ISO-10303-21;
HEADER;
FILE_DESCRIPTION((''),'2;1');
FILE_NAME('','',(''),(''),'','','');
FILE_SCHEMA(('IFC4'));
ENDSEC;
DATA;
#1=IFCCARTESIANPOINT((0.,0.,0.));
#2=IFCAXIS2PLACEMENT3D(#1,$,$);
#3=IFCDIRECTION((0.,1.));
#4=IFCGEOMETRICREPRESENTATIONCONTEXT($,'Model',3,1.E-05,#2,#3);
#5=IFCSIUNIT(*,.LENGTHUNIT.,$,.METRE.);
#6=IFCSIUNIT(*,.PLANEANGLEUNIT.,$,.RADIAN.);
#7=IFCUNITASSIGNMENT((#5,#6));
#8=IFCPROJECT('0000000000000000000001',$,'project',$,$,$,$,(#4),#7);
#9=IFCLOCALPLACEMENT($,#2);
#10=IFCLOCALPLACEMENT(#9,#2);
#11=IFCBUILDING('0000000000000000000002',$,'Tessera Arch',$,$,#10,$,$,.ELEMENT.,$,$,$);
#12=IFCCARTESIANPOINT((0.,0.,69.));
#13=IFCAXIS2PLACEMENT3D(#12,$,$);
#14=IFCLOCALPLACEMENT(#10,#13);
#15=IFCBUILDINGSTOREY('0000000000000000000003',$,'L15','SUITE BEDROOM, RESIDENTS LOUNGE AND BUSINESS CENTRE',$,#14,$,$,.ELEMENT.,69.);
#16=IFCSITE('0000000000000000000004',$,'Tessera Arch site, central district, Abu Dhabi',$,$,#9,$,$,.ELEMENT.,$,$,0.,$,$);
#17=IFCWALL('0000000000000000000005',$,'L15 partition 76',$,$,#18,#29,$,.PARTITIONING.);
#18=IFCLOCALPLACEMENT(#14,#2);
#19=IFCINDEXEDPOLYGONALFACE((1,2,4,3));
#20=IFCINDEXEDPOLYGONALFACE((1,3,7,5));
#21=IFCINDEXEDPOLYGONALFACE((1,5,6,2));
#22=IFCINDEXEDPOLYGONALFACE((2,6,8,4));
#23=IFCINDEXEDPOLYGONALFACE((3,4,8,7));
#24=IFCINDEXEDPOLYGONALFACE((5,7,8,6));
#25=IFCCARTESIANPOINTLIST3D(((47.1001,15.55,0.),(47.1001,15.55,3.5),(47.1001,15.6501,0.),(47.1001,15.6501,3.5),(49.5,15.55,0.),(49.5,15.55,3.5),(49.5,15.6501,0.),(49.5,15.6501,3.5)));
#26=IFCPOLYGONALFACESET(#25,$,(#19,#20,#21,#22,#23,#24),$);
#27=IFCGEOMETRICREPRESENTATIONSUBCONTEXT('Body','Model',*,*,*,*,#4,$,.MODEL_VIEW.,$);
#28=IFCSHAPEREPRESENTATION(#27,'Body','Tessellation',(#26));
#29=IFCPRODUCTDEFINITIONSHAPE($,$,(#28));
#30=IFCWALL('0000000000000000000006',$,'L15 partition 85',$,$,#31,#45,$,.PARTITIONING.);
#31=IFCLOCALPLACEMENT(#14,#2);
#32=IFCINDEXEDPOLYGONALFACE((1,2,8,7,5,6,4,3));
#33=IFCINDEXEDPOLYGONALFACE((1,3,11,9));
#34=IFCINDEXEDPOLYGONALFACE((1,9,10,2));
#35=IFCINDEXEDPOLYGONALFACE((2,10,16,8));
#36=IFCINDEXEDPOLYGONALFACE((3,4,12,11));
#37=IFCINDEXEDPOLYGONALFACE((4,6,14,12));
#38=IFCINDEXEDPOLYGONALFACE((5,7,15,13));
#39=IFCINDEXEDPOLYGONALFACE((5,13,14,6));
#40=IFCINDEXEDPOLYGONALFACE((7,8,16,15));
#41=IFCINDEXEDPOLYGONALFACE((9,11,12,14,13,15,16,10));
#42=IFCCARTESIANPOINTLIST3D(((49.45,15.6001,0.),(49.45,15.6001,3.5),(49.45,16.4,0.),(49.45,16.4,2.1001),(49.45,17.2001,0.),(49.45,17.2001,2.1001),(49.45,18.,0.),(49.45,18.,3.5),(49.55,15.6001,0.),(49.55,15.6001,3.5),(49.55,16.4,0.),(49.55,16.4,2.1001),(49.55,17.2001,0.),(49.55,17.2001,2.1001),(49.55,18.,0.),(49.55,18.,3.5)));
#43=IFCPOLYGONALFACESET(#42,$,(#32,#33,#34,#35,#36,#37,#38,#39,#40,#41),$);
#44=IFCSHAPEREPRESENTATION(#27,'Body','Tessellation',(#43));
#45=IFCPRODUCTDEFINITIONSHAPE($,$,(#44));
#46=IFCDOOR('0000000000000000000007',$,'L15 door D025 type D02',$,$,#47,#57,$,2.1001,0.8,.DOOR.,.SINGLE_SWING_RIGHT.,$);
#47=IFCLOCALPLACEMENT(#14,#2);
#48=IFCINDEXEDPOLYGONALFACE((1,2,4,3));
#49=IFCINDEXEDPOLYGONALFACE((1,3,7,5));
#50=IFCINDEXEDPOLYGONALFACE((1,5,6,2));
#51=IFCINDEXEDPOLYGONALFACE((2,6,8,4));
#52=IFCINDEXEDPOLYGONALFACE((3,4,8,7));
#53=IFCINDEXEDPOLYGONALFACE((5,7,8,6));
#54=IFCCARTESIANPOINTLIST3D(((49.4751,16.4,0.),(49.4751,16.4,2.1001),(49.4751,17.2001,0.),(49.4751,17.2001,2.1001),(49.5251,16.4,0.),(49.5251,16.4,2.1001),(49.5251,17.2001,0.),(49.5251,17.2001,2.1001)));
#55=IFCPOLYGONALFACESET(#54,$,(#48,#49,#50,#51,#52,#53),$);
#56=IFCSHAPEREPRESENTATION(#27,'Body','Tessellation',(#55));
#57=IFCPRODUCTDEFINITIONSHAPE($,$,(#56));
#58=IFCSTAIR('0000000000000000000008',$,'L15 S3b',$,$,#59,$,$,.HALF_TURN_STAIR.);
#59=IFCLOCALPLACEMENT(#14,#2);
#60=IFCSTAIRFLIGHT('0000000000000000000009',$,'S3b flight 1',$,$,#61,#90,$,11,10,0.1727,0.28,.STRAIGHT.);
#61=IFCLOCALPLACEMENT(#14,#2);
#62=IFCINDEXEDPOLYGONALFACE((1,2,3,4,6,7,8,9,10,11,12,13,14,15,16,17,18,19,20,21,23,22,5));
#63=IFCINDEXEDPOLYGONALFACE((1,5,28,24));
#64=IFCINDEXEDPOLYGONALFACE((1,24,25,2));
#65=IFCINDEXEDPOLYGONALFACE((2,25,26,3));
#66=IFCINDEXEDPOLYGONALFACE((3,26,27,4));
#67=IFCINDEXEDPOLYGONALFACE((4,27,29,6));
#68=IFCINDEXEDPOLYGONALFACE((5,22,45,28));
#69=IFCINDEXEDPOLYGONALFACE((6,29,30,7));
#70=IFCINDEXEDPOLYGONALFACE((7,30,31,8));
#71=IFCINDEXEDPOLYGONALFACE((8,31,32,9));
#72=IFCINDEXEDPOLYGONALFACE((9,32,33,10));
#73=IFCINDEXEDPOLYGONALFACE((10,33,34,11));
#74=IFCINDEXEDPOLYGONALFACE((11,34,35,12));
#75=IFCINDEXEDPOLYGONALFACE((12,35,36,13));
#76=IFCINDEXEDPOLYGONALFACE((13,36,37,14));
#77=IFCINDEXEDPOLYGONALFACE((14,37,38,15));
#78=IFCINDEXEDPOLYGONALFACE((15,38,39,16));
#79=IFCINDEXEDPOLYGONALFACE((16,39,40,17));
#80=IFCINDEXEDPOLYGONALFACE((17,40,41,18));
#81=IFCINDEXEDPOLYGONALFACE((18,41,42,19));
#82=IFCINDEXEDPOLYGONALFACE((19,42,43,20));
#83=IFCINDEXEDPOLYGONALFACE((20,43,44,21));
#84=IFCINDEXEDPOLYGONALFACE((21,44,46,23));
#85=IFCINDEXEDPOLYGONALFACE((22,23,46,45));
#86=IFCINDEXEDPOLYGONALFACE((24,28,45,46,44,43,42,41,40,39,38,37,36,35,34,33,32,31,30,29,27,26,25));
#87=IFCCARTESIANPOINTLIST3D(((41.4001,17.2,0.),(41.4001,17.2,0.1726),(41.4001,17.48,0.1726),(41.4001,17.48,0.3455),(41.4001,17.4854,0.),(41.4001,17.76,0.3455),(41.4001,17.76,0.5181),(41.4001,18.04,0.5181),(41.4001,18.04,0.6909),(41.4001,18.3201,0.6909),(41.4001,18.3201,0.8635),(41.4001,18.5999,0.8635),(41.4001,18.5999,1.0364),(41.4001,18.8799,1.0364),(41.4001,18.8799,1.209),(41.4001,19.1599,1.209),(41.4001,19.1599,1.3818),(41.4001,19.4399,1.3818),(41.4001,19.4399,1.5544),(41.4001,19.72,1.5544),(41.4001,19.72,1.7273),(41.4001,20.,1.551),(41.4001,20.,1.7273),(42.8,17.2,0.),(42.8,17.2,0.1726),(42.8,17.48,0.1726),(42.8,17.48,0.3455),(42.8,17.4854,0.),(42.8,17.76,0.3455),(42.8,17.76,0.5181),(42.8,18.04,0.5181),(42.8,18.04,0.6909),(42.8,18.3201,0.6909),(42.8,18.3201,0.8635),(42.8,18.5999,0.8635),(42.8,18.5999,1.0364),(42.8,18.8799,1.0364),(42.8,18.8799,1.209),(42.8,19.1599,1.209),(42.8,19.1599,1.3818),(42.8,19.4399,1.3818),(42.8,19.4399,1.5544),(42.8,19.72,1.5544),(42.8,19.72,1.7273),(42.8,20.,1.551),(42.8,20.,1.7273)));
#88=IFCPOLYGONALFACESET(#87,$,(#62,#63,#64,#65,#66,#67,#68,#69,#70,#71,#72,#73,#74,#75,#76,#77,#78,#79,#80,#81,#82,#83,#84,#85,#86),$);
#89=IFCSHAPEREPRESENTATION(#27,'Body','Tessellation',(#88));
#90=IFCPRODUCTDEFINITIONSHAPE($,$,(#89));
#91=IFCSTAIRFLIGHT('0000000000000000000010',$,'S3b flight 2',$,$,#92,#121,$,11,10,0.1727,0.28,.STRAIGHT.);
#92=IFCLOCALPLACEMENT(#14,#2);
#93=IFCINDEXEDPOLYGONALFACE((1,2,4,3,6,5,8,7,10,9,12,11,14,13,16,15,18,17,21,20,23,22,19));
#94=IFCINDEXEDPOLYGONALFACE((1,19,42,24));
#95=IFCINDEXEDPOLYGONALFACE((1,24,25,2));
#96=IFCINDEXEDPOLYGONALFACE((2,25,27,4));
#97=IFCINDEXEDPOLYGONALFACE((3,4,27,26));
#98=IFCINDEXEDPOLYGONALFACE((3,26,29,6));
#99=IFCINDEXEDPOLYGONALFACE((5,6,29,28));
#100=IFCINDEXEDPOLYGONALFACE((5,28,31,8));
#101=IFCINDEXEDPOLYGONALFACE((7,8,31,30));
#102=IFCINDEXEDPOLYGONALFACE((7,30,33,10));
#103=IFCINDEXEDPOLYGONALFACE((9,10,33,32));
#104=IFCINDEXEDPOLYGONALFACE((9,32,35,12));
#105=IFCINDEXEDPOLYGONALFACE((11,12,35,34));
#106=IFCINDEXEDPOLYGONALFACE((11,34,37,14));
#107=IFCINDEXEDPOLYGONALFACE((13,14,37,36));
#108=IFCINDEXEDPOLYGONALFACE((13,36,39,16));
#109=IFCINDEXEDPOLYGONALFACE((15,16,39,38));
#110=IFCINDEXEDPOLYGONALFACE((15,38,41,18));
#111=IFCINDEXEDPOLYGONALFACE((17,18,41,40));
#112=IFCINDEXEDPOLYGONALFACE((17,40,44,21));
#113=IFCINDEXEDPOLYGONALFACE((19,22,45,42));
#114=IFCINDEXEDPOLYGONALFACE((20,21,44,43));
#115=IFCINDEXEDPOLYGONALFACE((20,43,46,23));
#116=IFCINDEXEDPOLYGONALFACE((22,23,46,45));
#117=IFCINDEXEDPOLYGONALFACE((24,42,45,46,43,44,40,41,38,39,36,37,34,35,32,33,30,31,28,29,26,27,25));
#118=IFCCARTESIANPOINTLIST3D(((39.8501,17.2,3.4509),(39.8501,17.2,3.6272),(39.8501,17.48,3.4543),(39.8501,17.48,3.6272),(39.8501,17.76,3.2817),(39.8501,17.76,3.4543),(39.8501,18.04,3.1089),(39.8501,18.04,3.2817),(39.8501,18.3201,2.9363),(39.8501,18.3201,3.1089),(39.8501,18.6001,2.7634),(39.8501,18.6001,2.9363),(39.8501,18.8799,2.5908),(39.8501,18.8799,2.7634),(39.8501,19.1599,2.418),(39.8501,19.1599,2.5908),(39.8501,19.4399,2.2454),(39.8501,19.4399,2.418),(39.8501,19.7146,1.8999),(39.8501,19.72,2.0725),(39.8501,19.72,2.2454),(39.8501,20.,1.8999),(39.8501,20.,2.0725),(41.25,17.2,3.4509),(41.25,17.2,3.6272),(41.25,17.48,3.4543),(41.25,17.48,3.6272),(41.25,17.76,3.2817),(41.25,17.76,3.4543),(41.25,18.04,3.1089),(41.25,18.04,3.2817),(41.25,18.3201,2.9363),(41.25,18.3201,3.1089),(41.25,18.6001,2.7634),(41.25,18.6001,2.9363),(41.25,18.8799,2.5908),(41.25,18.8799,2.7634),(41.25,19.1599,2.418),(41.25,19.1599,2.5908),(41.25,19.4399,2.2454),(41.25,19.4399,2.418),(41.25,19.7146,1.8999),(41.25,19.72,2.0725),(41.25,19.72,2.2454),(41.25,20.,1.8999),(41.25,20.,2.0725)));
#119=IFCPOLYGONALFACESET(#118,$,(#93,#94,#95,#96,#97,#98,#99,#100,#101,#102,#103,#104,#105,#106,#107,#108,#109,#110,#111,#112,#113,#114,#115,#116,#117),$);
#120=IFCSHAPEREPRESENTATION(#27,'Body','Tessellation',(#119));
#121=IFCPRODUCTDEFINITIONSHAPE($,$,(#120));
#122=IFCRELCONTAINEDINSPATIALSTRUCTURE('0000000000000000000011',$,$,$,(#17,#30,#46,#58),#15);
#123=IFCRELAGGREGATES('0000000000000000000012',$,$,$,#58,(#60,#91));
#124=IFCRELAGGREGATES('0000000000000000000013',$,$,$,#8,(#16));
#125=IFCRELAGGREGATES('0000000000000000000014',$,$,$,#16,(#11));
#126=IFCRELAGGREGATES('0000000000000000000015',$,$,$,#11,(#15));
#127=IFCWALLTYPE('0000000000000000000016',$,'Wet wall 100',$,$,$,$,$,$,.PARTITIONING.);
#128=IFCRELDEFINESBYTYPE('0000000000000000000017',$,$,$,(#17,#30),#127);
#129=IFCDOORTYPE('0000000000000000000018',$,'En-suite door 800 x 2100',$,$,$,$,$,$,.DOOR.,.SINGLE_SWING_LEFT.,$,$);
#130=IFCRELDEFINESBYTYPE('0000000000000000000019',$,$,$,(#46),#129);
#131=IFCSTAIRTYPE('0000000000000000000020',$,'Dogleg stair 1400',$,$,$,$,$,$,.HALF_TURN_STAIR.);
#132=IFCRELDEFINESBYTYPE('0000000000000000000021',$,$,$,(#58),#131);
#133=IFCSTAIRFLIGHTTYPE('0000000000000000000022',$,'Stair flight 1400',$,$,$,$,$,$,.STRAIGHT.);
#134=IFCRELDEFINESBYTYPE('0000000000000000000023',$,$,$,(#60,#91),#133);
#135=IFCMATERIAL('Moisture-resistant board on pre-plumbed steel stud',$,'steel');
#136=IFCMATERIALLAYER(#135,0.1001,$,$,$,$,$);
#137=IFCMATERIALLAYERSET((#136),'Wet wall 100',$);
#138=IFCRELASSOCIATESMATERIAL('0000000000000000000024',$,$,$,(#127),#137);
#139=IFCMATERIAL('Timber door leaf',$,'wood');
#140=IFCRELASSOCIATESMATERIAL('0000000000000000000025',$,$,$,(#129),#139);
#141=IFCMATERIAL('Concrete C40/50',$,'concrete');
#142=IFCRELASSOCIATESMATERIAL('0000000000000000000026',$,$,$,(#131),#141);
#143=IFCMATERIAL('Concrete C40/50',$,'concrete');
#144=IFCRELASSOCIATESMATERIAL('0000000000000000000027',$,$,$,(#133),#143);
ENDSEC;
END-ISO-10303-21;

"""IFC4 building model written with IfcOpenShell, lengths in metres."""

from ifc_helpers import new_model, si_unit, direction, frame, frame_2d, origin, place, context, subcontext, project, spatial, polyline, rectangle, outline, extrude, material, layer, layer_set, type_object, element, fill, aggregate, save


model = new_model("IFC4")

# Units and contexts
model_context = context("Model", 3, precision=1e-05, world=origin(), true_north=direction((0.0, 1.0)))
body_context = subcontext(model_context, "Body", "Model", "MODEL_VIEW")
ifc_project = project(units=[si_unit("LENGTHUNIT", "METRE"), si_unit("PLANEANGLEUNIT", "RADIAN")], contexts=[model_context])

# Site, building, storey
site_placement = place(None, origin())
site = spatial("IfcSite", under=ifc_project, at=site_placement, Name="Tessera Arch site, central district, Abu Dhabi", CompositionType="ELEMENT", RefElevation=0.0)
building_placement = place(site_placement, origin())
building = spatial("IfcBuilding", under=site, at=building_placement, Name="Tessera Arch", CompositionType="ELEMENT")
storey_placement = place(building_placement, frame((0.0, 0.0, 69.0)))
storey = spatial("IfcBuildingStorey", under=building, at=storey_placement, Name="L15", Description="SUITE BEDROOM, RESIDENTS LOUNGE AND BUSINESS CENTRE", CompositionType="ELEMENT", Elevation=69.0)

# Wall
ifc_material_1 = material(Name="Moisture-resistant board on pre-plumbed steel stud", Category="steel")
ifc_layer_1 = layer(ifc_material_1, 0.1001)
ifc_layer_set_1 = layer_set([ifc_layer_1], Name="Wet wall 100")
wall_type_1 = type_object("IfcWallType", Name="Wet wall 100", PredefinedType="PARTITIONING", material=ifc_layer_set_1)
wall_1_placement = place(storey_placement, frame((47.1001, 15.6001, 0.0), z_axis=(0.0, 0.0, 1.0), x_axis=(1.0, 0.0, 0.0)))
element("IfcWall", 1, at=wall_1_placement, inside=storey, type_object=wall_type_1, Name="L15 partition 76", PredefinedType="PARTITIONING", context=body_context, shape_type="SweptSolid", body=[
    extrude(rectangle(XDim=2.3999, YDim=0.1001, at=frame_2d((1.2, 0.0))), origin(), (0.0, 0.0, 1.0), 3.5),
])

# Wall, opening, door
wall_2_placement = place(storey_placement, frame((49.5, 15.6001, 0.0), z_axis=(0.0, 0.0, 1.0), x_axis=(0.0, 1.0, 0.0)))
wall_2 = element("IfcWall", 2, at=wall_2_placement, inside=storey, type_object=wall_type_1, Name="L15 partition 85", PredefinedType="PARTITIONING", context=body_context, shape_type="SweptSolid", body=[
    extrude(rectangle(XDim=2.3999, YDim=0.1001, at=frame_2d((1.2, 0.0))), origin(), (0.0, 0.0, 1.0), 3.5),
])
opening_1_placement = place(wall_2_placement, frame((0.8, 0.0, 0.0)))
opening_1 = element("IfcOpeningElement", 3, at=opening_1_placement, cuts=wall_2, PredefinedType="OPENING", context=body_context, shape_type="SweptSolid", body=[
    extrude(rectangle(XDim=0.8, YDim=2.1001, at=frame_2d((0.3999, 1.05))), frame((0.0, 0.0601, 0.0), z_axis=(0.0, -1.0, 0.0), x_axis=(1.0, 0.0, 0.0)), (0.0, 0.0, 1.0), 0.1201),
])
ifc_material_2 = material(Name="Timber door leaf", Category="wood")
door_type_1 = type_object("IfcDoorType", Name="En-suite door 800 x 2100", OperationType="SINGLE_SWING_LEFT", PredefinedType="DOOR", material=ifc_material_2)
door_1_placement = place(opening_1_placement, origin())
door_1 = element("IfcDoor", 4, at=door_1_placement, inside=storey, type_object=door_type_1, Name="L15 door D025 type D02", OperationType="SINGLE_SWING_RIGHT", OverallHeight=2.1001, OverallWidth=0.8, PredefinedType="DOOR", context=body_context, shape_type="SweptSolid", body=[
    extrude(rectangle(XDim=0.8, YDim=2.1001, at=frame_2d((0.3999, 1.05))), frame((0.0, 0.0249, 0.0), z_axis=(0.0, -1.0, 0.0), x_axis=(1.0, 0.0, 0.0)), (0.0, 0.0, 1.0), 0.05),
])
fill(opening_1, door_1)

# Stair, stair flights
ifc_material_3 = material(Name="Concrete C40/50", Category="concrete")
stair_type = type_object("IfcStairType", Name="Dogleg stair 1400", PredefinedType="HALF_TURN_STAIR", material=ifc_material_3)
stair_placement = place(storey_placement, origin())
stair = element("IfcStair", 5, at=stair_placement, inside=storey, type_object=stair_type, Name="L15 S3b", PredefinedType="HALF_TURN_STAIR")
ifc_material_4 = material(Name="Concrete C40/50", Category="concrete")
stair_flight_type = type_object("IfcStairFlightType", Name="Stair flight 1400", PredefinedType="STRAIGHT", material=ifc_material_4)
stair_flight_1_placement = place(storey_placement, frame((42.1001, 17.2, 0.0), z_axis=(0.0, 0.0, 1.0), x_axis=(0.0, 1.0, 0.0)))
stair_flight_1 = element("IfcStairFlight", 6, at=stair_flight_1_placement, type_object=stair_flight_type, Name="S3b flight 1", NumberOfRisers=11, NumberOfTreads=10, PredefinedType="STRAIGHT", RiserHeight=0.1727, TreadLength=0.28, context=body_context, shape_type="SweptSolid", body=[
    extrude(outline(polyline([(0.0, 0.0), (0.0, 0.1726), (0.28, 0.1726), (0.28, 0.3455), (0.5601, 0.3455), (0.5601, 0.5181), (0.8401, 0.5181), (0.8401, 0.6909), (1.1201, 0.6909), (1.1201, 0.8635), (1.3999, 0.8635), (1.3999, 1.0364), (1.6799, 1.0364), (1.6799, 1.209), (1.96, 1.209), (1.96, 1.3818), (2.24, 1.3818), (2.24, 1.5544), (2.52, 1.5544), (2.52, 1.7273), (2.8, 1.7273), (2.8, 1.8999), (2.8, 1.551), (0.2854, 0.0), (0.0, 0.0)])), frame((0.0, 0.7, 0.0), z_axis=(0.0, -1.0, 0.0), x_axis=(1.0, 0.0, 0.0)), (0.0, 0.0, 1.0), 1.3999),
])
stair_flight_2_placement = place(storey_placement, frame((40.55, 20.0, 1.8999), z_axis=(0.0, 0.0, 1.0), x_axis=(0.0, -1.0, 0.0)))
stair_flight_2 = element("IfcStairFlight", 7, at=stair_flight_2_placement, type_object=stair_flight_type, Name="S3b flight 2", NumberOfRisers=11, NumberOfTreads=10, PredefinedType="STRAIGHT", RiserHeight=0.1727, TreadLength=0.28, context=body_context, shape_type="SweptSolid", body=[
    extrude(outline(polyline([(0.0, 0.0), (0.0, 0.1726), (0.28, 0.1726), (0.28, 0.3455), (0.5601, 0.3455), (0.5601, 0.5181), (0.8401, 0.5181), (0.8401, 0.6909), (1.1201, 0.6909), (1.1201, 0.8635), (1.3999, 0.8635), (1.3999, 1.0364), (1.6799, 1.0364), (1.6799, 1.209), (1.96, 1.209), (1.96, 1.3818), (2.24, 1.3818), (2.24, 1.5544), (2.52, 1.5544), (2.52, 1.7273), (2.8, 1.7273), (2.8, 1.8999), (2.8, 1.551), (0.2854, 0.0), (0.0, 0.0)])), frame((0.0, 0.7, 0.0), z_axis=(0.0, -1.0, 0.0), x_axis=(1.0, 0.0, 0.0)), (0.0, 0.0, 1.0), 1.3999),
])
aggregate(stair, [stair_flight_1, stair_flight_2])

save(model, "model.ifc")
